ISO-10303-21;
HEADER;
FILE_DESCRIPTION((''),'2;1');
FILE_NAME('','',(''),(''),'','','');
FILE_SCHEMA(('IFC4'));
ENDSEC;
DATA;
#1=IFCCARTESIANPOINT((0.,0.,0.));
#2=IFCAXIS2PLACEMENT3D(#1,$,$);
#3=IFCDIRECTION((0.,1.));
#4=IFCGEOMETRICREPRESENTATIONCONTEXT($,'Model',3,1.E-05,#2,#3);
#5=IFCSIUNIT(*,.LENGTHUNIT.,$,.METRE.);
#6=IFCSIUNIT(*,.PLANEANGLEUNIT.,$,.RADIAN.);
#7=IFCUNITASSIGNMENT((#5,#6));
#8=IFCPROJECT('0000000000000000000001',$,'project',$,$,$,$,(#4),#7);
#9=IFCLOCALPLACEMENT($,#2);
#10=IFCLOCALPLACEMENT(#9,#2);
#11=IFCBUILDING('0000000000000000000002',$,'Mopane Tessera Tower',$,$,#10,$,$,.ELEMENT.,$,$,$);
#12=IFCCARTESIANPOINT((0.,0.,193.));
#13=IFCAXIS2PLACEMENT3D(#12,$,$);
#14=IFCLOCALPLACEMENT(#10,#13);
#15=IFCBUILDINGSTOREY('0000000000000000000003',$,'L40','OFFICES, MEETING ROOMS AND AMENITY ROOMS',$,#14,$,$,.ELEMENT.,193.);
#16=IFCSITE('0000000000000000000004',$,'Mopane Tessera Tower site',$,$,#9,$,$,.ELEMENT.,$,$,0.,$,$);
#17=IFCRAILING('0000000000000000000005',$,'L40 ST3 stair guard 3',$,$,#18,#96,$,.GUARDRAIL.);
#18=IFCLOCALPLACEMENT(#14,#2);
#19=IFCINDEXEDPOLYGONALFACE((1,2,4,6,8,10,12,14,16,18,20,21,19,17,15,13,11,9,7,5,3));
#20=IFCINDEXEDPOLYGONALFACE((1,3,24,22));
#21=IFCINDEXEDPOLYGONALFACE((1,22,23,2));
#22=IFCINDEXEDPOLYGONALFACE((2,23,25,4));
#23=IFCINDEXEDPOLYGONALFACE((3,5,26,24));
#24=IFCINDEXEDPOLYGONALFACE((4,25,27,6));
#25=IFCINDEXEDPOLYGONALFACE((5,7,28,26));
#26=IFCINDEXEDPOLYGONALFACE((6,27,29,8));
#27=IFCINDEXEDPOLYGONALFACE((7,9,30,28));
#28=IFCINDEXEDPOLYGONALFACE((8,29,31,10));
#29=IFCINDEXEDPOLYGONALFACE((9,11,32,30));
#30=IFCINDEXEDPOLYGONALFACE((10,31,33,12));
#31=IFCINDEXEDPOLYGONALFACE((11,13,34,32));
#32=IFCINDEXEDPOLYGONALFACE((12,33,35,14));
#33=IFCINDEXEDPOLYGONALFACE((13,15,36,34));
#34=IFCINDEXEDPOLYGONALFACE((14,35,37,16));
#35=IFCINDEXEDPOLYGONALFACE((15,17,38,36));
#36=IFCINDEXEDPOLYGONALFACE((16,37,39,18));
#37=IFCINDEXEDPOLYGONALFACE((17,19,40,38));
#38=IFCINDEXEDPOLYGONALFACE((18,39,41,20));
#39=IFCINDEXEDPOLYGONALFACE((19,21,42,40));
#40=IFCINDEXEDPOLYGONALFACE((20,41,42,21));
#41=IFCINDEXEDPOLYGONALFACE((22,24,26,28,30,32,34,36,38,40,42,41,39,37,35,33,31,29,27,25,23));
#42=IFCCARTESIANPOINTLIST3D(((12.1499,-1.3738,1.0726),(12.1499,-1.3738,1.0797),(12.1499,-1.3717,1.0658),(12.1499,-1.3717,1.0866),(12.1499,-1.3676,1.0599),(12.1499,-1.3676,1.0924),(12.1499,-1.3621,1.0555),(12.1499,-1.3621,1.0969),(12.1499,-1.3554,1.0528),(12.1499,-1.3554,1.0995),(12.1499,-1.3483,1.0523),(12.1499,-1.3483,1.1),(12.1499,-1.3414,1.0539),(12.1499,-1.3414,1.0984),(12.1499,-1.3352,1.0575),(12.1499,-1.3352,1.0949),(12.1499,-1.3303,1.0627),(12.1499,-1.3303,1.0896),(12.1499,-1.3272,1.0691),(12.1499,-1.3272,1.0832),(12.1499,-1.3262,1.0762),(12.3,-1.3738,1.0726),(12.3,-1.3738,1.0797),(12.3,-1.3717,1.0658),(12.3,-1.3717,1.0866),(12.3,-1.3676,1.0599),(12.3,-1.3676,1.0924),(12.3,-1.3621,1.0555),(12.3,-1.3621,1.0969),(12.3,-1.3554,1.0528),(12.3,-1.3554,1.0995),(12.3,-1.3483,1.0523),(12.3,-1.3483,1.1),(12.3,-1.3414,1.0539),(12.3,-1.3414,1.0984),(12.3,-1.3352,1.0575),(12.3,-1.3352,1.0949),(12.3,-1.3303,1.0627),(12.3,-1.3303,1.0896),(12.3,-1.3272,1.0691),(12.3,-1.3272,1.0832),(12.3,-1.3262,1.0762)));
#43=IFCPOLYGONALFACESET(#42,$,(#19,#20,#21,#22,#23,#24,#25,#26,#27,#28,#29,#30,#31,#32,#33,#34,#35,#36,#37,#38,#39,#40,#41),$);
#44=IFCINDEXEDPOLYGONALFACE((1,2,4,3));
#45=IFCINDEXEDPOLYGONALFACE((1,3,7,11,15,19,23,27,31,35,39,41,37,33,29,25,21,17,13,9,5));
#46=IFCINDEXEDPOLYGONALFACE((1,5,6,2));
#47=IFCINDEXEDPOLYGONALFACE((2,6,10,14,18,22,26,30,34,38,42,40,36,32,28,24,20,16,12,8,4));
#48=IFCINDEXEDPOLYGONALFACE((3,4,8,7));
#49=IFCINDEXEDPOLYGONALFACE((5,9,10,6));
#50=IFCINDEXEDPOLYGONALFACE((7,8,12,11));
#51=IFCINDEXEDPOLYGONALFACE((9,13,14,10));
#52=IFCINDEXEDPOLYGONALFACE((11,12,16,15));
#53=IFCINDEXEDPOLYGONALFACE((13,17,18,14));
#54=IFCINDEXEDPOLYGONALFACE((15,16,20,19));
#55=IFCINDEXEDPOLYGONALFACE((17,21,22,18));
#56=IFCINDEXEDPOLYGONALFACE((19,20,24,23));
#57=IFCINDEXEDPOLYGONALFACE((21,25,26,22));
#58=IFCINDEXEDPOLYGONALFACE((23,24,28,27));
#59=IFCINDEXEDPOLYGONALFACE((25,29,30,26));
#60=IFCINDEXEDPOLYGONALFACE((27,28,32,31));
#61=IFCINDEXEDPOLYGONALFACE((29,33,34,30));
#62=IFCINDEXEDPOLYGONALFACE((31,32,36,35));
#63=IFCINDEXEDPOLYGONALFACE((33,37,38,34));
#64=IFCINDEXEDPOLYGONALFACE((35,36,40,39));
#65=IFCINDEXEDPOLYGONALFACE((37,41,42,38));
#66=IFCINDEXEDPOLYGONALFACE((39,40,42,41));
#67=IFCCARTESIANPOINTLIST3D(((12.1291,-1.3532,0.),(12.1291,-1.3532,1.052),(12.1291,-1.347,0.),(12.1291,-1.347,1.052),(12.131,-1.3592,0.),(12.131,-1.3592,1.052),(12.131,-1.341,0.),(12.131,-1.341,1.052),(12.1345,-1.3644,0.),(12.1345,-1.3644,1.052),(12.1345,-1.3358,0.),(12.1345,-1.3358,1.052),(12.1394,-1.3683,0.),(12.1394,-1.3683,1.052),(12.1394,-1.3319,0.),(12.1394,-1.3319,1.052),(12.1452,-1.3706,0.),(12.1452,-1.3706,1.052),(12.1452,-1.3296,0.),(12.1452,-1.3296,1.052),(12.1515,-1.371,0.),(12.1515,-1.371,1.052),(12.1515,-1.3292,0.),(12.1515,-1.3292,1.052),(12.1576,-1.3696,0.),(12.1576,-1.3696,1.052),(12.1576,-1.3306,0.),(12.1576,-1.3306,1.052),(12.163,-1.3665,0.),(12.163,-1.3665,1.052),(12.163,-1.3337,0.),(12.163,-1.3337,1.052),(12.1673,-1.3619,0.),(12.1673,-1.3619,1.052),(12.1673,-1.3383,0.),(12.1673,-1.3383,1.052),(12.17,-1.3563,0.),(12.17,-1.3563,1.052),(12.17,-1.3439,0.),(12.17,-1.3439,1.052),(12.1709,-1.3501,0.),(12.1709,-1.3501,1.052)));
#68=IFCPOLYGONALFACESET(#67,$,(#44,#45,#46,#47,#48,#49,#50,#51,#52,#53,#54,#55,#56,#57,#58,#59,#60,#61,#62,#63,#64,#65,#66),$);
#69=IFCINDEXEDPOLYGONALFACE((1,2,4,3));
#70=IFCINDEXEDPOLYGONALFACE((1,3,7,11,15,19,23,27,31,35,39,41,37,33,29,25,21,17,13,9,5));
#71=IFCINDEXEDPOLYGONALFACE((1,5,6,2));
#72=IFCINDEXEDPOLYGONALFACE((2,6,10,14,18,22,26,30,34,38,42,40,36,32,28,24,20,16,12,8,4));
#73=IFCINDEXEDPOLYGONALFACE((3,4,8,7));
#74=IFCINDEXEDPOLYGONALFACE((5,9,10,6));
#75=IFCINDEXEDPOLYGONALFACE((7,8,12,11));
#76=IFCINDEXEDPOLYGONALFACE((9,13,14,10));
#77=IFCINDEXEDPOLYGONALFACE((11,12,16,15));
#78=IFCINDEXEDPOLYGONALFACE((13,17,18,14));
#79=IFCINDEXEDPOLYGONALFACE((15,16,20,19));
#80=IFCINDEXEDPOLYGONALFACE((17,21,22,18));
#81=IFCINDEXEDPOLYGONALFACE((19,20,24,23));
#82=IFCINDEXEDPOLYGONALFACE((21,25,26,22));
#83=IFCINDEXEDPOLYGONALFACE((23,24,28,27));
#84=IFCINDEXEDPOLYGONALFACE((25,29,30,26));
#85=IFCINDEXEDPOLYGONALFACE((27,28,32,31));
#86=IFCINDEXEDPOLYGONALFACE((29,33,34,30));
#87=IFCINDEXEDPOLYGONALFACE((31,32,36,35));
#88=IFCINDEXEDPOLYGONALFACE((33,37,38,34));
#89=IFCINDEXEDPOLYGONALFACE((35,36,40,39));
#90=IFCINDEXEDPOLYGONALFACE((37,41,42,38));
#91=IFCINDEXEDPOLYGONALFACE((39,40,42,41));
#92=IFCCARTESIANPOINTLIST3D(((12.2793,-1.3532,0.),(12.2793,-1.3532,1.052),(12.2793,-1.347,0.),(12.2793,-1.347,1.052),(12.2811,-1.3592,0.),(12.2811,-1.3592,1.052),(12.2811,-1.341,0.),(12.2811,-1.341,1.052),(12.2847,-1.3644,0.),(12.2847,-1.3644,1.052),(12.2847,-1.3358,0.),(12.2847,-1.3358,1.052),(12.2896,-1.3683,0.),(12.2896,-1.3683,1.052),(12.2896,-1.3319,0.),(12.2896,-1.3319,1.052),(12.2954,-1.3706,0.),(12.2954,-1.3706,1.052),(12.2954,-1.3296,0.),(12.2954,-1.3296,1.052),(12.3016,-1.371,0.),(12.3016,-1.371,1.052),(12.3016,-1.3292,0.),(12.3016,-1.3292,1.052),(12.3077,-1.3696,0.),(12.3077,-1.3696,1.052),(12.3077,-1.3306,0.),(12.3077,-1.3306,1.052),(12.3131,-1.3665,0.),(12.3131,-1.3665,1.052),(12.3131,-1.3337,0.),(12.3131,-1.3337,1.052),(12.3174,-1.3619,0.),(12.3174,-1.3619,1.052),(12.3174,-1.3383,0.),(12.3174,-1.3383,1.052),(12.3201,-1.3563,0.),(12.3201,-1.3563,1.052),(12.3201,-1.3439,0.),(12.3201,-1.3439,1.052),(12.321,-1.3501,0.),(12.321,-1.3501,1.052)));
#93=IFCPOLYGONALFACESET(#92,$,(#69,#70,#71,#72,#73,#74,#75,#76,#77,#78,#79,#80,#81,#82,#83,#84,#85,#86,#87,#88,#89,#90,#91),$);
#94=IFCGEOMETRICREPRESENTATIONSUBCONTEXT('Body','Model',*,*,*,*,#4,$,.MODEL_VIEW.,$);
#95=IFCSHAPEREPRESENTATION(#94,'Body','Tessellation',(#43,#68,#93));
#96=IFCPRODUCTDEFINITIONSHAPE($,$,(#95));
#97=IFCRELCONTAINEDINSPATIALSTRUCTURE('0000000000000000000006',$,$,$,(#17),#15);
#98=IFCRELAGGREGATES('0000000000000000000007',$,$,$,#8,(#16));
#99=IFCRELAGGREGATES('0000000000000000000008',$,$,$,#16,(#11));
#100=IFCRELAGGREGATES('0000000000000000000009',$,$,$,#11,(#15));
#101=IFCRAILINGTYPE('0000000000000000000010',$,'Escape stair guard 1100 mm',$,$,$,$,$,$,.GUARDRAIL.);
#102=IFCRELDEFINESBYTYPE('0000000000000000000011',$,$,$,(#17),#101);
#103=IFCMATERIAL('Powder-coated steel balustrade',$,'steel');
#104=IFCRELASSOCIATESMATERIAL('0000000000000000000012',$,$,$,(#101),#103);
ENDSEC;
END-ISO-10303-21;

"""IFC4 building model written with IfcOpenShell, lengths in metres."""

from ifc_helpers import new_model, si_unit, direction, frame, origin, origin_2d, place, context, subcontext, project, spatial, circle, extrude, material, type_object, element, save


model = new_model("IFC4")

# Units and contexts
model_context = context("Model", 3, precision=1e-05, world=origin(), true_north=direction((0.0, 1.0)))
body_context = subcontext(model_context, "Body", "Model", "MODEL_VIEW")
ifc_project = project(units=[si_unit("LENGTHUNIT", "METRE"), si_unit("PLANEANGLEUNIT", "RADIAN")], contexts=[model_context])

# Site, building, storey
site_placement = place(None, origin())
site = spatial("IfcSite", under=ifc_project, at=site_placement, Name="Mopane Tessera Tower site", CompositionType="ELEMENT", RefElevation=0.0)
building_placement = place(site_placement, origin())
building = spatial("IfcBuilding", under=site, at=building_placement, Name="Mopane Tessera Tower", CompositionType="ELEMENT")
storey_placement = place(building_placement, frame((0.0, 0.0, 193.0)))
storey = spatial("IfcBuildingStorey", under=building, at=storey_placement, Name="L40", Description="OFFICES, MEETING ROOMS AND AMENITY ROOMS", CompositionType="ELEMENT", Elevation=193.0)

# Railing
ifc_material_1 = material(Name="Powder-coated steel balustrade", Category="steel")
railing_type_1 = type_object("IfcRailingType", Name="Escape stair guard 1100 mm", PredefinedType="GUARDRAIL", material=ifc_material_1)
railing_1_placement = place(storey_placement, frame((12.1499, -1.3501, 0.0)))
element("IfcRailing", 1, at=railing_1_placement, inside=storey, type_object=railing_type_1, Name="L40 ST3 stair guard 3", PredefinedType="GUARDRAIL", context=body_context, shape_type="SweptSolid", body=[
    extrude(circle(Radius=0.0239, at=origin_2d()), frame((0.0, 0.0, 1.0762), z_axis=(1.0, 0.0, 0.0), x_axis=(0.0, 1.0, 0.0)), (0.0, 0.0, 1.0), 0.1501),
    extrude(circle(Radius=0.021, at=origin_2d()), origin(), (0.0, 0.0, 1.0), 1.052),
    extrude(circle(Radius=0.021, at=origin_2d()), frame((0.1501, 0.0, 0.0)), (0.0, 0.0, 1.0), 1.052),
])

save(model, "model.ifc")
